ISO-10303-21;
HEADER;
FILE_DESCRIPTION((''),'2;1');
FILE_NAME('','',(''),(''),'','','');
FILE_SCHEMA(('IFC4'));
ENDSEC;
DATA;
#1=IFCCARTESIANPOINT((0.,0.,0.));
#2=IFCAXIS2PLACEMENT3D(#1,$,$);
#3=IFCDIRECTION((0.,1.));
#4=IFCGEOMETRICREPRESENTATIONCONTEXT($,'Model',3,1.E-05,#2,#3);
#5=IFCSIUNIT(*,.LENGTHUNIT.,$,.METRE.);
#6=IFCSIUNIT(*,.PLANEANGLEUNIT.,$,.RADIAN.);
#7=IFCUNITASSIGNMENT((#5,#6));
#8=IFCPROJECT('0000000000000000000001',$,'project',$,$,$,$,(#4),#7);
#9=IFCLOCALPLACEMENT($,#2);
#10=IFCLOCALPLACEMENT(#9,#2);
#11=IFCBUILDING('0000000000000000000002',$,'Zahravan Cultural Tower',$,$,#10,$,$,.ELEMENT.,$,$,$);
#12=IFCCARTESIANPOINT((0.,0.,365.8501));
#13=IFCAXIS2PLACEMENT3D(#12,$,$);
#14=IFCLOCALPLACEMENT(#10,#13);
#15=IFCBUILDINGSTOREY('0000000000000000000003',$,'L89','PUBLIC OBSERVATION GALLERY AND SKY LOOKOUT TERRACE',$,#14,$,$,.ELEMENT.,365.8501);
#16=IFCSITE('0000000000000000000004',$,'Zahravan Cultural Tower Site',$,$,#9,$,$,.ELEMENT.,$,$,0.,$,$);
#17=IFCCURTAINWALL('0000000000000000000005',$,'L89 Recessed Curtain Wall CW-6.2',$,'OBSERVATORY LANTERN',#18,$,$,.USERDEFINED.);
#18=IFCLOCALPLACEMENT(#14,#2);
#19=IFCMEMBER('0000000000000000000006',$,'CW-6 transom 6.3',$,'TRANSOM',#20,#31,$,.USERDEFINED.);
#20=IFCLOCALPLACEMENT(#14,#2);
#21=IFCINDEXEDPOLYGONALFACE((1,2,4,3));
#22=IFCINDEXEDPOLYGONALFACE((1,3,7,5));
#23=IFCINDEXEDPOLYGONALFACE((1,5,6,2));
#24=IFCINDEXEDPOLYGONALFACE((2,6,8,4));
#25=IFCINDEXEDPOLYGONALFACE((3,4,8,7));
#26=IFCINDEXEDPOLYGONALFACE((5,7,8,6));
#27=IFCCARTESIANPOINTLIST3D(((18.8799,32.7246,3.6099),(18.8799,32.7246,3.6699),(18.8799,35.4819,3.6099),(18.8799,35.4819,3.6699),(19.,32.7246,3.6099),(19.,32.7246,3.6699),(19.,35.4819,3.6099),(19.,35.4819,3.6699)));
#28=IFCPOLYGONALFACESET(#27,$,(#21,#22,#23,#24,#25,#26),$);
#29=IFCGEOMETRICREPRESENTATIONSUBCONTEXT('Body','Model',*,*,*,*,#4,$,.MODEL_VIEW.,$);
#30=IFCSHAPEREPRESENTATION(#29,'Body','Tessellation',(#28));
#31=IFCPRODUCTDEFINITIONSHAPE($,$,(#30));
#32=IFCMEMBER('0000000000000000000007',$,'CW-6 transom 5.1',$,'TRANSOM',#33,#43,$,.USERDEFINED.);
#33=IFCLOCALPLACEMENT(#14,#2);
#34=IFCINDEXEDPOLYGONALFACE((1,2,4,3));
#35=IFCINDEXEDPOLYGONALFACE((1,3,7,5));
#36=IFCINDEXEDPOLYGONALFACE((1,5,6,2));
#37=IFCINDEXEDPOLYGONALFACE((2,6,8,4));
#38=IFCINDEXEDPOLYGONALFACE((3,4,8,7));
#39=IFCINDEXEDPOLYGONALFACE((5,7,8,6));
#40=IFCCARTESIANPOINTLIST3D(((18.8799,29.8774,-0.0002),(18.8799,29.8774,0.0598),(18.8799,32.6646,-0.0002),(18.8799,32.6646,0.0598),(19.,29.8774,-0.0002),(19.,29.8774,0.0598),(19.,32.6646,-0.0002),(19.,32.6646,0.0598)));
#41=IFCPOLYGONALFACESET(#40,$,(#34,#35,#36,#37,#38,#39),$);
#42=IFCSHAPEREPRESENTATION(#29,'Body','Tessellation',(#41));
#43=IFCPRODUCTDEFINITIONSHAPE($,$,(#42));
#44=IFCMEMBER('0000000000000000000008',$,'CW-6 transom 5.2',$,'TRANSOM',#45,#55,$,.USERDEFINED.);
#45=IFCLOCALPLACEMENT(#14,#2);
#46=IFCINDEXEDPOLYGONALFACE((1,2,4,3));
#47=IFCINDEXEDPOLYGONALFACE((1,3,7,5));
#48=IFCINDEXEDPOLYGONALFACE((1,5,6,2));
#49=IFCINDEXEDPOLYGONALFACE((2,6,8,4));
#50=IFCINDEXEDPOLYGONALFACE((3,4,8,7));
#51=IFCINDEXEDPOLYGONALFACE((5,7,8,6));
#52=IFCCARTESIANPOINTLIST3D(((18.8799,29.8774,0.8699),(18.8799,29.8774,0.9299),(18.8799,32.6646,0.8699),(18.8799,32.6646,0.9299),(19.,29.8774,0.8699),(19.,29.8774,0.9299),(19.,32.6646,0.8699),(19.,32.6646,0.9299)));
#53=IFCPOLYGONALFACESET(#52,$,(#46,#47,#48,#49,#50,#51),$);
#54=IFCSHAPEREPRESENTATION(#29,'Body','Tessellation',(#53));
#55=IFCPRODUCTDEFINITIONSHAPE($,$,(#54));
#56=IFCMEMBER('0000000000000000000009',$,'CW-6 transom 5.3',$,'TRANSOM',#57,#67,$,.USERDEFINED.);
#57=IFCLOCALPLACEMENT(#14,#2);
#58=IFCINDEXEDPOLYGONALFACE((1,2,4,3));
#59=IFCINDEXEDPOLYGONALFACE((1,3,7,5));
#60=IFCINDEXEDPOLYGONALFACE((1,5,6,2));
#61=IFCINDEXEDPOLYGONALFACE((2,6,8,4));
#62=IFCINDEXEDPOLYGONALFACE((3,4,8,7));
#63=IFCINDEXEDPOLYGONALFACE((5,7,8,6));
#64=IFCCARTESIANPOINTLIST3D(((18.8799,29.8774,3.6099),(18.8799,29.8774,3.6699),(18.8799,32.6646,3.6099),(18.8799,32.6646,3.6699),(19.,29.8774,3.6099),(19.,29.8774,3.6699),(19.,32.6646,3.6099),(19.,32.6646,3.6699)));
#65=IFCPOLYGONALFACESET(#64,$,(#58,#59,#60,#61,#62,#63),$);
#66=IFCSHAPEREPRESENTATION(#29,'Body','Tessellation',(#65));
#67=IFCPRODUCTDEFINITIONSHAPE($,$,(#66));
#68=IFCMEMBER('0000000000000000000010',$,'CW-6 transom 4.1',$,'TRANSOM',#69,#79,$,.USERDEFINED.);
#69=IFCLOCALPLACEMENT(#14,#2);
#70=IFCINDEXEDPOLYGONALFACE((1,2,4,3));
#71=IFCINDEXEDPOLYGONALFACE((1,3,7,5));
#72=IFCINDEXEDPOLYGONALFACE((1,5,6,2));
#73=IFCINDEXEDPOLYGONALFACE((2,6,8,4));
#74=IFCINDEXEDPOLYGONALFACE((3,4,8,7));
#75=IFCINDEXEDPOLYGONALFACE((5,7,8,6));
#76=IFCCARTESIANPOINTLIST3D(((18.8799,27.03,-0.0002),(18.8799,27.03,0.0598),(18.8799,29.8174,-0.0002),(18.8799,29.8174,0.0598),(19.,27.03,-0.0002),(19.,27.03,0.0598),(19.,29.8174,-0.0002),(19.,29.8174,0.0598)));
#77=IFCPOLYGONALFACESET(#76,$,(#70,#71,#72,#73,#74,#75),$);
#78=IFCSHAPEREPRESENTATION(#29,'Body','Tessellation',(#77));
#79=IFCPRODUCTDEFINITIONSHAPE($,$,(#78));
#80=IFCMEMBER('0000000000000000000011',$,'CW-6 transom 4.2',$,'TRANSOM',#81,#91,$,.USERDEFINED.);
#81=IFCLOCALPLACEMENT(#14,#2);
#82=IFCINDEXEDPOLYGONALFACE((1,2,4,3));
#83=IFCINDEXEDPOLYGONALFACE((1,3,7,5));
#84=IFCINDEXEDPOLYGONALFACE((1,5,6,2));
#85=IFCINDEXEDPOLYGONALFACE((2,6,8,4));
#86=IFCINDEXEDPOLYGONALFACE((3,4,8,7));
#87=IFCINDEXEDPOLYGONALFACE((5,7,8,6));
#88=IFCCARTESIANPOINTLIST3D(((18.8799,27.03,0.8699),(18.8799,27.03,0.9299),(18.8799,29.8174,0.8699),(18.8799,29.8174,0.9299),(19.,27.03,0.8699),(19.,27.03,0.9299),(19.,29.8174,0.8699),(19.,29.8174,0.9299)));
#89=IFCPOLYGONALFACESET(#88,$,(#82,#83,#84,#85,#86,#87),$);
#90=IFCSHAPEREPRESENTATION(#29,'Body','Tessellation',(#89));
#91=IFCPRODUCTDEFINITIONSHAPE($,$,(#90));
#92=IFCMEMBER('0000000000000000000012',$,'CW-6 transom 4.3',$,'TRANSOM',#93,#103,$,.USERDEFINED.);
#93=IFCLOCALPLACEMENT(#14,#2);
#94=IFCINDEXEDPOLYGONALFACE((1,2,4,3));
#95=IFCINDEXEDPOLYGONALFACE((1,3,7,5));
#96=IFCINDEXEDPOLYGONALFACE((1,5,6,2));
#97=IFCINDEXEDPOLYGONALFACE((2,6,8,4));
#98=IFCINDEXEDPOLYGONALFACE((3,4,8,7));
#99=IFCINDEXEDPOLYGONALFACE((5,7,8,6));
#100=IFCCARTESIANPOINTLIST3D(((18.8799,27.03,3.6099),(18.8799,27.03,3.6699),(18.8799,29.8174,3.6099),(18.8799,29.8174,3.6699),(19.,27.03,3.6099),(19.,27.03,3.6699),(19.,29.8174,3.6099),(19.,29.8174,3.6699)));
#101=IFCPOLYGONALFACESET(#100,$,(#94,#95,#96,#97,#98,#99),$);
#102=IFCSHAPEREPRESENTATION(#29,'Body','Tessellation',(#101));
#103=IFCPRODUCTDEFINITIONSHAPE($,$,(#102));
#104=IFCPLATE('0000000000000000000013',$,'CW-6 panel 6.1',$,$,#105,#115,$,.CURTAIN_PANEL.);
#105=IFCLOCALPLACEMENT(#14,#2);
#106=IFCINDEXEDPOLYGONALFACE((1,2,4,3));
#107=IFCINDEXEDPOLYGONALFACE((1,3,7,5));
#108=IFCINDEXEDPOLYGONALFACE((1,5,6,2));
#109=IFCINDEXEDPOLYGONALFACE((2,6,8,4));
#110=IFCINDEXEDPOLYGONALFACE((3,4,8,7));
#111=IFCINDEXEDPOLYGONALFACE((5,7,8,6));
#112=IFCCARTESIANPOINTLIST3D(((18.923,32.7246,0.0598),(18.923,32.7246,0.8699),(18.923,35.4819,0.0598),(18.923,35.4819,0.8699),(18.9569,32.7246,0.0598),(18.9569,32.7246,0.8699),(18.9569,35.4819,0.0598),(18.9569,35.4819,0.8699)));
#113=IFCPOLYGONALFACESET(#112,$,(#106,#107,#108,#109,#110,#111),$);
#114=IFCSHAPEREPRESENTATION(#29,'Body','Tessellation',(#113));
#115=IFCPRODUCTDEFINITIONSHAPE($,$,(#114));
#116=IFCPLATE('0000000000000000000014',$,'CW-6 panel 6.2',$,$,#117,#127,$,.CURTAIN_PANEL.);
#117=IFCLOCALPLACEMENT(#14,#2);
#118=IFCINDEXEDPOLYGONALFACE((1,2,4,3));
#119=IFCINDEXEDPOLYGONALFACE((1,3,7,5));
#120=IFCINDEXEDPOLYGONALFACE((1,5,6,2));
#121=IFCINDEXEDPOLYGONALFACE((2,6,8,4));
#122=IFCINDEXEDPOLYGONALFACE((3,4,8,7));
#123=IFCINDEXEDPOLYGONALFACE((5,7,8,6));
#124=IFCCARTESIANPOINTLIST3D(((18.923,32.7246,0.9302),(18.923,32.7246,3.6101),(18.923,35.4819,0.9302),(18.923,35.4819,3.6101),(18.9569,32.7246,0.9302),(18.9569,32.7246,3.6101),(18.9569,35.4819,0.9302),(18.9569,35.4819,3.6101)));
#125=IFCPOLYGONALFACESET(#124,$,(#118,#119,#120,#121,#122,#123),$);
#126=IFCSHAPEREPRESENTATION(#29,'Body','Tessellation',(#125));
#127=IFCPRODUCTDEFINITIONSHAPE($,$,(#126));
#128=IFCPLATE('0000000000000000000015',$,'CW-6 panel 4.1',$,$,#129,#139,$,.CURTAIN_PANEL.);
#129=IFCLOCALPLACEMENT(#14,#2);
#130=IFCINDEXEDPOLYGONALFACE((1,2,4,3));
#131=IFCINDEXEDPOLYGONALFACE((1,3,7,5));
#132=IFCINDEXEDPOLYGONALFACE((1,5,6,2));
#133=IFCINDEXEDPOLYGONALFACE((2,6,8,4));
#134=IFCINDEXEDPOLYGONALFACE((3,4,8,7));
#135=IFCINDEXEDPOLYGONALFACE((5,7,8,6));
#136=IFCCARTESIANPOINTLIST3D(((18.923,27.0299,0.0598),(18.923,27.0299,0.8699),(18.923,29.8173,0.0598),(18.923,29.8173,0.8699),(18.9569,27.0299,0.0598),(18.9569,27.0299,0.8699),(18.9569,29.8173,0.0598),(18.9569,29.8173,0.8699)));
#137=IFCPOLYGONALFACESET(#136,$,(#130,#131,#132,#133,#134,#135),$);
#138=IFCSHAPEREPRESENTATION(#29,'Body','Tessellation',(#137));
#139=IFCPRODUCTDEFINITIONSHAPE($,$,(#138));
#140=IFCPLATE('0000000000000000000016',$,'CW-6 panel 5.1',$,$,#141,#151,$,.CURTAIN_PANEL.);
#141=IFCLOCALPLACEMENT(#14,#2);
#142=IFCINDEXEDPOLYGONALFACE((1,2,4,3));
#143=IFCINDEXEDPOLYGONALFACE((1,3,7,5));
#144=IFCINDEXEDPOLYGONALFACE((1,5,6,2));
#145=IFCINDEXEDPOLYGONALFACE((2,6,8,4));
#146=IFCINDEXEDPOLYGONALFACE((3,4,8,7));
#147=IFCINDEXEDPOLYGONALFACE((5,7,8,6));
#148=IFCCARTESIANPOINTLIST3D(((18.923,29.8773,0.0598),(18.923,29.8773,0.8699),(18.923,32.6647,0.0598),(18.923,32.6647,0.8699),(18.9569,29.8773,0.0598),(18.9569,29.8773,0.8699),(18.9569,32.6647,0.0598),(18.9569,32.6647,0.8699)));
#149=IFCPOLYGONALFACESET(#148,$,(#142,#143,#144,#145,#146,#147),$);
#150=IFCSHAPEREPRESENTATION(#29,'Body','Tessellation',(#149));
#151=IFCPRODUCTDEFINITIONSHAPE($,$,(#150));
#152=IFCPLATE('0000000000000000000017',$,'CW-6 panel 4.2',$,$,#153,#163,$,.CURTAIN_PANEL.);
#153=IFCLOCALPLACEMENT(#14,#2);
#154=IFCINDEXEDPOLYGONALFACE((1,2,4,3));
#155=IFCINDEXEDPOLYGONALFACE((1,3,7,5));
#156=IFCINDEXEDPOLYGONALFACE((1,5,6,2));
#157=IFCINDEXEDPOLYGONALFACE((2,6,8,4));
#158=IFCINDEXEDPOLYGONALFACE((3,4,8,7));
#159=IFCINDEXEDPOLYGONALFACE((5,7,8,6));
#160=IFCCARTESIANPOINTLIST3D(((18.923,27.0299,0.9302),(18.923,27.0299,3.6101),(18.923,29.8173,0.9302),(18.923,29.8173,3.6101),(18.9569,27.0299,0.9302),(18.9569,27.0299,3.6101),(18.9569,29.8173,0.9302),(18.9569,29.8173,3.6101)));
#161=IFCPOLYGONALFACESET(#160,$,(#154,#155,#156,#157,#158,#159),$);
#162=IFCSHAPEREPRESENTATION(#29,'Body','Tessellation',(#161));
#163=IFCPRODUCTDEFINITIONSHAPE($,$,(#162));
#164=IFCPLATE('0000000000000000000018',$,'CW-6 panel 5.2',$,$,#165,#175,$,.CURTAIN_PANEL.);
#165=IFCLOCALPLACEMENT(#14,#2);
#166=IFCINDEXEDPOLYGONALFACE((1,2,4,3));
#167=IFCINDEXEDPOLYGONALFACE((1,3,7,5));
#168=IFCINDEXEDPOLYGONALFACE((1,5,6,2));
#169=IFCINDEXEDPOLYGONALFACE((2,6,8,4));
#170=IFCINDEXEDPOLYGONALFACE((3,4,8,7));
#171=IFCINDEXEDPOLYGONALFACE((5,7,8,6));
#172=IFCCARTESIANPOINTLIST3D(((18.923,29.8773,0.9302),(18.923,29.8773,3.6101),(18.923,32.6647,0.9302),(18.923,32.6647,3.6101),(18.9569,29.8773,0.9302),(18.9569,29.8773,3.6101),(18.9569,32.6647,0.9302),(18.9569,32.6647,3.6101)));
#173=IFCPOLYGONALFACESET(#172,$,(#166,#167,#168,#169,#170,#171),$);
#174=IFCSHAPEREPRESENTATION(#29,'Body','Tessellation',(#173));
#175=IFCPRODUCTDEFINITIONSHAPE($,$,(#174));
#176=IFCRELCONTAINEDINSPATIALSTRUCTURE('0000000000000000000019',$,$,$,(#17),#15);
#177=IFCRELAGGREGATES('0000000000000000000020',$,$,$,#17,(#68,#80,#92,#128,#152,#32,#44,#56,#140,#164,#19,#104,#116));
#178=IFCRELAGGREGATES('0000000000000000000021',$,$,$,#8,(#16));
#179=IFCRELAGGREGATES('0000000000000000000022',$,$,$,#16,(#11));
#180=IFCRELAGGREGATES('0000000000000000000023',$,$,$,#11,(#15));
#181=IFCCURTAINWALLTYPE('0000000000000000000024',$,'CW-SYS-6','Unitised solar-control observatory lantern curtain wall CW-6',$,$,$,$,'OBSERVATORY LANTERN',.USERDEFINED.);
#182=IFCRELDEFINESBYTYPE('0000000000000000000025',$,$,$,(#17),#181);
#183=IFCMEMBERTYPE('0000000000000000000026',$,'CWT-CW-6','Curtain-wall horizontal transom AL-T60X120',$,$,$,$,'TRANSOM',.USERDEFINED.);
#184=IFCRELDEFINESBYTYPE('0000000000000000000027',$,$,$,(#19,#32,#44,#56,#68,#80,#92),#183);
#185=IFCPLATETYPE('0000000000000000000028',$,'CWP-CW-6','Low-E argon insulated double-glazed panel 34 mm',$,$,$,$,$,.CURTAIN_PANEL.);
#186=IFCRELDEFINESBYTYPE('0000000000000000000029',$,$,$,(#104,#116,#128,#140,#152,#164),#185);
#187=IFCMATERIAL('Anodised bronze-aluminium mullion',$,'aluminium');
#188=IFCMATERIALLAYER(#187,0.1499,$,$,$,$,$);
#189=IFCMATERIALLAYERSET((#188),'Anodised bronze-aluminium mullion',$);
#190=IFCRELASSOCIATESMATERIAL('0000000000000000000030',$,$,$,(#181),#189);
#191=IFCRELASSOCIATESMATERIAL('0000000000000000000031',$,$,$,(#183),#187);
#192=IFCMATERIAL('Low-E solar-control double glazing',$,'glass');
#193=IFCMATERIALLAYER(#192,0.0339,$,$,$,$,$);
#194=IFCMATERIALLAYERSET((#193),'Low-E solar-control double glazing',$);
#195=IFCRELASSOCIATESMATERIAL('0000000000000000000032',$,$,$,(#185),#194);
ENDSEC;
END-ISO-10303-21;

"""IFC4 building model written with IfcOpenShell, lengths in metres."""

from ifc_helpers import new_model, si_unit, direction, frame, origin, origin_2d, place, context, subcontext, project, spatial, rectangle, extrude, source, transform, mapped, material, layer, layer_set, material_profile, profile_set, type_object, element, aggregate, save


model = new_model("IFC4")

# Units and contexts
model_context = context("Model", 3, precision=1e-05, world=origin(), true_north=direction((0.0, 1.0)))
body_context = subcontext(model_context, "Body", "Model", "MODEL_VIEW")
ifc_project = project(units=[si_unit("LENGTHUNIT", "METRE"), si_unit("PLANEANGLEUNIT", "RADIAN")], contexts=[model_context])

# Site, building, storey
site_placement = place(None, origin())
site = spatial("IfcSite", under=ifc_project, at=site_placement, Name="Zahravan Cultural Tower Site", CompositionType="ELEMENT", RefElevation=0.0)
building_placement = place(site_placement, origin())
building = spatial("IfcBuilding", under=site, at=building_placement, Name="Zahravan Cultural Tower", CompositionType="ELEMENT")
storey_placement = place(building_placement, frame((0.0, 0.0, 365.8501)))
storey = spatial("IfcBuildingStorey", under=building, at=storey_placement, Name="L89", Description="PUBLIC OBSERVATION GALLERY AND SKY LOOKOUT TERRACE", CompositionType="ELEMENT", Elevation=365.8501)

# Curtain wall, members, plates
ifc_material_1 = material(Name="Anodised bronze-aluminium mullion", Category="aluminium")
ifc_layer_1 = layer(ifc_material_1, 0.1499)
ifc_layer_set_1 = layer_set([ifc_layer_1], Name="Anodised bronze-aluminium mullion")
curtain_wall_type = type_object("IfcCurtainWallType", Name="CW-SYS-6", Description="Unitised solar-control observatory lantern curtain wall CW-6", ElementType="OBSERVATORY LANTERN", PredefinedType="USERDEFINED", material=ifc_layer_set_1)
curtain_wall_placement = place(storey_placement, origin())
curtain_wall = element("IfcCurtainWall", 1, at=curtain_wall_placement, inside=storey, type_object=curtain_wall_type, Name="L89 Recessed Curtain Wall CW-6.2", ObjectType="OBSERVATORY LANTERN", PredefinedType="USERDEFINED")
ifc_material_profile_1 = material_profile(ifc_material_1, rectangle(XDim=0.1201, YDim=0.0601, at=origin_2d()), Name="AL-T60X120")
ifc_profile_set_1 = profile_set([ifc_material_profile_1], Name="Anodised bronze-aluminium mullion")
member_type_1 = type_object("IfcMemberType", Name="CWT-CW-6", Description="Curtain-wall horizontal transom AL-T60X120", ElementType="TRANSOM", PredefinedType="USERDEFINED", material=ifc_profile_set_1)
shared_shape_1 = source(origin(), body_context, "Body", "SweptSolid", [
    extrude(rectangle(XDim=0.1201, YDim=0.0601, at=origin_2d()), origin(), (0.0, 0.0, 1.0), 2.7573),
])
member_1_placement = place(storey_placement, frame((18.9399, 32.7246, 3.6399), z_axis=(0.0, 1.0, 0.0), x_axis=(-1.0, 0.0, 0.0)))
member_1 = element("IfcMember", 2, at=member_1_placement, type_object=member_type_1, Name="CW-6 transom 6.3", ObjectType="TRANSOM", PredefinedType="USERDEFINED", context=body_context, shape_type="MappedRepresentation", body=[
    mapped(shared_shape_1, transform((0.0, 0.0, 0.0), x_axis=(1.0, 0.0, 0.0), y_axis=(0.0, 1.0, 0.0), z_axis=(0.0, 0.0, 1.0), scale=1.0)),
])
shared_shape_2 = source(origin(), body_context, "Body", "SweptSolid", [
    extrude(rectangle(XDim=0.1201, YDim=0.0601, at=origin_2d()), origin(), (0.0, 0.0, 1.0), 2.7871),
])
member_2_placement = place(storey_placement, frame((18.9399, 29.8774, 0.0298), z_axis=(0.0, 1.0, 0.0), x_axis=(-1.0, 0.0, 0.0)))
member_2 = element("IfcMember", 3, at=member_2_placement, type_object=member_type_1, Name="CW-6 transom 5.1", ObjectType="TRANSOM", PredefinedType="USERDEFINED", context=body_context, shape_type="MappedRepresentation", body=[
    mapped(shared_shape_2, transform((0.0, 0.0, 0.0), x_axis=(1.0, 0.0, 0.0), y_axis=(0.0, 1.0, 0.0), z_axis=(0.0, 0.0, 1.0), scale=1.0)),
])
member_3_placement = place(storey_placement, frame((18.9399, 29.8774, 0.8999), z_axis=(0.0, 1.0, 0.0), x_axis=(-1.0, 0.0, 0.0)))
member_3 = element("IfcMember", 4, at=member_3_placement, type_object=member_type_1, Name="CW-6 transom 5.2", ObjectType="TRANSOM", PredefinedType="USERDEFINED", context=body_context, shape_type="MappedRepresentation", body=[
    mapped(shared_shape_2, transform((0.0, 0.0, 0.0), x_axis=(1.0, 0.0, 0.0), y_axis=(0.0, 1.0, 0.0), z_axis=(0.0, 0.0, 1.0), scale=1.0)),
])
member_4_placement = place(storey_placement, frame((18.9399, 29.8774, 3.6399), z_axis=(0.0, 1.0, 0.0), x_axis=(-1.0, 0.0, 0.0)))
member_4 = element("IfcMember", 5, at=member_4_placement, type_object=member_type_1, Name="CW-6 transom 5.3", ObjectType="TRANSOM", PredefinedType="USERDEFINED", context=body_context, shape_type="MappedRepresentation", body=[
    mapped(shared_shape_2, transform((0.0, 0.0, 0.0), x_axis=(1.0, 0.0, 0.0), y_axis=(0.0, 1.0, 0.0), z_axis=(0.0, 0.0, 1.0), scale=1.0)),
])
shared_shape_3 = source(origin(), body_context, "Body", "SweptSolid", [
    extrude(rectangle(XDim=0.1201, YDim=0.0601, at=origin_2d()), origin(), (0.0, 0.0, 1.0), 2.7874),
])
member_5_placement = place(storey_placement, frame((18.9399, 27.03, 0.0298), z_axis=(0.0, 1.0, 0.0), x_axis=(-1.0, 0.0, 0.0)))
member_5 = element("IfcMember", 6, at=member_5_placement, type_object=member_type_1, Name="CW-6 transom 4.1", ObjectType="TRANSOM", PredefinedType="USERDEFINED", context=body_context, shape_type="MappedRepresentation", body=[
    mapped(shared_shape_3, transform((0.0, 0.0, 0.0), x_axis=(1.0, 0.0, 0.0), y_axis=(0.0, 1.0, 0.0), z_axis=(0.0, 0.0, 1.0), scale=1.0)),
])
member_6_placement = place(storey_placement, frame((18.9399, 27.03, 0.8999), z_axis=(0.0, 1.0, 0.0), x_axis=(-1.0, 0.0, 0.0)))
member_6 = element("IfcMember", 7, at=member_6_placement, type_object=member_type_1, Name="CW-6 transom 4.2", ObjectType="TRANSOM", PredefinedType="USERDEFINED", context=body_context, shape_type="MappedRepresentation", body=[
    mapped(shared_shape_3, transform((0.0, 0.0, 0.0), x_axis=(1.0, 0.0, 0.0), y_axis=(0.0, 1.0, 0.0), z_axis=(0.0, 0.0, 1.0), scale=1.0)),
])
member_7_placement = place(storey_placement, frame((18.9399, 27.03, 3.6399), z_axis=(0.0, 1.0, 0.0), x_axis=(-1.0, 0.0, 0.0)))
member_7 = element("IfcMember", 8, at=member_7_placement, type_object=member_type_1, Name="CW-6 transom 4.3", ObjectType="TRANSOM", PredefinedType="USERDEFINED", context=body_context, shape_type="MappedRepresentation", body=[
    mapped(shared_shape_3, transform((0.0, 0.0, 0.0), x_axis=(1.0, 0.0, 0.0), y_axis=(0.0, 1.0, 0.0), z_axis=(0.0, 0.0, 1.0), scale=1.0)),
])
ifc_material_2 = material(Name="Low-E solar-control double glazing", Category="glass")
ifc_layer_2 = layer(ifc_material_2, 0.0339)
ifc_layer_set_2 = layer_set([ifc_layer_2], Name="Low-E solar-control double glazing")
plate_type = type_object("IfcPlateType", Name="CWP-CW-6", Description="Low-E argon insulated double-glazed panel 34 mm", PredefinedType="CURTAIN_PANEL", material=ifc_layer_set_2)
shared_shape_4 = source(origin(), body_context, "Body", "SweptSolid", [
    extrude(rectangle(XDim=2.7573, YDim=0.0339, at=origin_2d()), origin(), (0.0, 0.0, 1.0), 0.8101),
])
plate_1_placement = place(storey_placement, frame((18.9399, 34.1033, 0.0598), z_axis=(0.0, 0.0, 1.0), x_axis=(0.0, 1.0, 0.0)))
plate_1 = element("IfcPlate", 9, at=plate_1_placement, type_object=plate_type, Name="CW-6 panel 6.1", PredefinedType="CURTAIN_PANEL", context=body_context, shape_type="MappedRepresentation", body=[
    mapped(shared_shape_4, transform((0.0, 0.0, 0.0), x_axis=(1.0, 0.0, 0.0), y_axis=(0.0, 1.0, 0.0), z_axis=(0.0, 0.0, 1.0), scale=1.0)),
])
shared_shape_5 = source(origin(), body_context, "Body", "SweptSolid", [
    extrude(rectangle(XDim=2.7573, YDim=0.0339, at=origin_2d()), origin(), (0.0, 0.0, 1.0), 2.6799),
])
plate_2_placement = place(storey_placement, frame((18.9399, 34.1033, 0.9302), z_axis=(0.0, 0.0, 1.0), x_axis=(0.0, 1.0, 0.0)))
plate_2 = element("IfcPlate", 10, at=plate_2_placement, type_object=plate_type, Name="CW-6 panel 6.2", PredefinedType="CURTAIN_PANEL", context=body_context, shape_type="MappedRepresentation", body=[
    mapped(shared_shape_5, transform((0.0, 0.0, 0.0), x_axis=(1.0, 0.0, 0.0), y_axis=(0.0, 1.0, 0.0), z_axis=(0.0, 0.0, 1.0), scale=1.0)),
])
shared_shape_6 = source(origin(), body_context, "Body", "SweptSolid", [
    extrude(rectangle(XDim=2.7874, YDim=0.0339, at=origin_2d()), origin(), (0.0, 0.0, 1.0), 0.8101),
])
plate_3_placement = place(storey_placement, frame((18.9399, 28.4236, 0.0598), z_axis=(0.0, 0.0, 1.0), x_axis=(0.0, 1.0, 0.0)))
plate_3 = element("IfcPlate", 11, at=plate_3_placement, type_object=plate_type, Name="CW-6 panel 4.1", PredefinedType="CURTAIN_PANEL", context=body_context, shape_type="MappedRepresentation", body=[
    mapped(shared_shape_6, transform((0.0, 0.0, 0.0), x_axis=(1.0, 0.0, 0.0), y_axis=(0.0, 1.0, 0.0), z_axis=(0.0, 0.0, 1.0), scale=1.0)),
])
plate_4_placement = place(storey_placement, frame((18.9399, 31.271, 0.0598), z_axis=(0.0, 0.0, 1.0), x_axis=(0.0, 1.0, 0.0)))
plate_4 = element("IfcPlate", 12, at=plate_4_placement, type_object=plate_type, Name="CW-6 panel 5.1", PredefinedType="CURTAIN_PANEL", context=body_context, shape_type="MappedRepresentation", body=[
    mapped(shared_shape_6, transform((0.0, 0.0, 0.0), x_axis=(1.0, 0.0, 0.0), y_axis=(0.0, 1.0, 0.0), z_axis=(0.0, 0.0, 1.0), scale=1.0)),
])
shared_shape_7 = source(origin(), body_context, "Body", "SweptSolid", [
    extrude(rectangle(XDim=2.7874, YDim=0.0339, at=origin_2d()), origin(), (0.0, 0.0, 1.0), 2.6799),
])
plate_5_placement = place(storey_placement, frame((18.9399, 28.4236, 0.9302), z_axis=(0.0, 0.0, 1.0), x_axis=(0.0, 1.0, 0.0)))
plate_5 = element("IfcPlate", 13, at=plate_5_placement, type_object=plate_type, Name="CW-6 panel 4.2", PredefinedType="CURTAIN_PANEL", context=body_context, shape_type="MappedRepresentation", body=[
    mapped(shared_shape_7, transform((0.0, 0.0, 0.0), x_axis=(1.0, 0.0, 0.0), y_axis=(0.0, 1.0, 0.0), z_axis=(0.0, 0.0, 1.0), scale=1.0)),
])
plate_6_placement = place(storey_placement, frame((18.9399, 31.271, 0.9302), z_axis=(0.0, 0.0, 1.0), x_axis=(0.0, 1.0, 0.0)))
plate_6 = element("IfcPlate", 14, at=plate_6_placement, type_object=plate_type, Name="CW-6 panel 5.2", PredefinedType="CURTAIN_PANEL", context=body_context, shape_type="MappedRepresentation", body=[
    mapped(shared_shape_7, transform((0.0, 0.0, 0.0), x_axis=(1.0, 0.0, 0.0), y_axis=(0.0, 1.0, 0.0), z_axis=(0.0, 0.0, 1.0), scale=1.0)),
])
aggregate(curtain_wall, [member_5, member_6, member_7, plate_3, plate_5, member_2, member_3, member_4, plate_4, plate_6, member_1, plate_1, plate_2])

save(model, "model.ifc")
